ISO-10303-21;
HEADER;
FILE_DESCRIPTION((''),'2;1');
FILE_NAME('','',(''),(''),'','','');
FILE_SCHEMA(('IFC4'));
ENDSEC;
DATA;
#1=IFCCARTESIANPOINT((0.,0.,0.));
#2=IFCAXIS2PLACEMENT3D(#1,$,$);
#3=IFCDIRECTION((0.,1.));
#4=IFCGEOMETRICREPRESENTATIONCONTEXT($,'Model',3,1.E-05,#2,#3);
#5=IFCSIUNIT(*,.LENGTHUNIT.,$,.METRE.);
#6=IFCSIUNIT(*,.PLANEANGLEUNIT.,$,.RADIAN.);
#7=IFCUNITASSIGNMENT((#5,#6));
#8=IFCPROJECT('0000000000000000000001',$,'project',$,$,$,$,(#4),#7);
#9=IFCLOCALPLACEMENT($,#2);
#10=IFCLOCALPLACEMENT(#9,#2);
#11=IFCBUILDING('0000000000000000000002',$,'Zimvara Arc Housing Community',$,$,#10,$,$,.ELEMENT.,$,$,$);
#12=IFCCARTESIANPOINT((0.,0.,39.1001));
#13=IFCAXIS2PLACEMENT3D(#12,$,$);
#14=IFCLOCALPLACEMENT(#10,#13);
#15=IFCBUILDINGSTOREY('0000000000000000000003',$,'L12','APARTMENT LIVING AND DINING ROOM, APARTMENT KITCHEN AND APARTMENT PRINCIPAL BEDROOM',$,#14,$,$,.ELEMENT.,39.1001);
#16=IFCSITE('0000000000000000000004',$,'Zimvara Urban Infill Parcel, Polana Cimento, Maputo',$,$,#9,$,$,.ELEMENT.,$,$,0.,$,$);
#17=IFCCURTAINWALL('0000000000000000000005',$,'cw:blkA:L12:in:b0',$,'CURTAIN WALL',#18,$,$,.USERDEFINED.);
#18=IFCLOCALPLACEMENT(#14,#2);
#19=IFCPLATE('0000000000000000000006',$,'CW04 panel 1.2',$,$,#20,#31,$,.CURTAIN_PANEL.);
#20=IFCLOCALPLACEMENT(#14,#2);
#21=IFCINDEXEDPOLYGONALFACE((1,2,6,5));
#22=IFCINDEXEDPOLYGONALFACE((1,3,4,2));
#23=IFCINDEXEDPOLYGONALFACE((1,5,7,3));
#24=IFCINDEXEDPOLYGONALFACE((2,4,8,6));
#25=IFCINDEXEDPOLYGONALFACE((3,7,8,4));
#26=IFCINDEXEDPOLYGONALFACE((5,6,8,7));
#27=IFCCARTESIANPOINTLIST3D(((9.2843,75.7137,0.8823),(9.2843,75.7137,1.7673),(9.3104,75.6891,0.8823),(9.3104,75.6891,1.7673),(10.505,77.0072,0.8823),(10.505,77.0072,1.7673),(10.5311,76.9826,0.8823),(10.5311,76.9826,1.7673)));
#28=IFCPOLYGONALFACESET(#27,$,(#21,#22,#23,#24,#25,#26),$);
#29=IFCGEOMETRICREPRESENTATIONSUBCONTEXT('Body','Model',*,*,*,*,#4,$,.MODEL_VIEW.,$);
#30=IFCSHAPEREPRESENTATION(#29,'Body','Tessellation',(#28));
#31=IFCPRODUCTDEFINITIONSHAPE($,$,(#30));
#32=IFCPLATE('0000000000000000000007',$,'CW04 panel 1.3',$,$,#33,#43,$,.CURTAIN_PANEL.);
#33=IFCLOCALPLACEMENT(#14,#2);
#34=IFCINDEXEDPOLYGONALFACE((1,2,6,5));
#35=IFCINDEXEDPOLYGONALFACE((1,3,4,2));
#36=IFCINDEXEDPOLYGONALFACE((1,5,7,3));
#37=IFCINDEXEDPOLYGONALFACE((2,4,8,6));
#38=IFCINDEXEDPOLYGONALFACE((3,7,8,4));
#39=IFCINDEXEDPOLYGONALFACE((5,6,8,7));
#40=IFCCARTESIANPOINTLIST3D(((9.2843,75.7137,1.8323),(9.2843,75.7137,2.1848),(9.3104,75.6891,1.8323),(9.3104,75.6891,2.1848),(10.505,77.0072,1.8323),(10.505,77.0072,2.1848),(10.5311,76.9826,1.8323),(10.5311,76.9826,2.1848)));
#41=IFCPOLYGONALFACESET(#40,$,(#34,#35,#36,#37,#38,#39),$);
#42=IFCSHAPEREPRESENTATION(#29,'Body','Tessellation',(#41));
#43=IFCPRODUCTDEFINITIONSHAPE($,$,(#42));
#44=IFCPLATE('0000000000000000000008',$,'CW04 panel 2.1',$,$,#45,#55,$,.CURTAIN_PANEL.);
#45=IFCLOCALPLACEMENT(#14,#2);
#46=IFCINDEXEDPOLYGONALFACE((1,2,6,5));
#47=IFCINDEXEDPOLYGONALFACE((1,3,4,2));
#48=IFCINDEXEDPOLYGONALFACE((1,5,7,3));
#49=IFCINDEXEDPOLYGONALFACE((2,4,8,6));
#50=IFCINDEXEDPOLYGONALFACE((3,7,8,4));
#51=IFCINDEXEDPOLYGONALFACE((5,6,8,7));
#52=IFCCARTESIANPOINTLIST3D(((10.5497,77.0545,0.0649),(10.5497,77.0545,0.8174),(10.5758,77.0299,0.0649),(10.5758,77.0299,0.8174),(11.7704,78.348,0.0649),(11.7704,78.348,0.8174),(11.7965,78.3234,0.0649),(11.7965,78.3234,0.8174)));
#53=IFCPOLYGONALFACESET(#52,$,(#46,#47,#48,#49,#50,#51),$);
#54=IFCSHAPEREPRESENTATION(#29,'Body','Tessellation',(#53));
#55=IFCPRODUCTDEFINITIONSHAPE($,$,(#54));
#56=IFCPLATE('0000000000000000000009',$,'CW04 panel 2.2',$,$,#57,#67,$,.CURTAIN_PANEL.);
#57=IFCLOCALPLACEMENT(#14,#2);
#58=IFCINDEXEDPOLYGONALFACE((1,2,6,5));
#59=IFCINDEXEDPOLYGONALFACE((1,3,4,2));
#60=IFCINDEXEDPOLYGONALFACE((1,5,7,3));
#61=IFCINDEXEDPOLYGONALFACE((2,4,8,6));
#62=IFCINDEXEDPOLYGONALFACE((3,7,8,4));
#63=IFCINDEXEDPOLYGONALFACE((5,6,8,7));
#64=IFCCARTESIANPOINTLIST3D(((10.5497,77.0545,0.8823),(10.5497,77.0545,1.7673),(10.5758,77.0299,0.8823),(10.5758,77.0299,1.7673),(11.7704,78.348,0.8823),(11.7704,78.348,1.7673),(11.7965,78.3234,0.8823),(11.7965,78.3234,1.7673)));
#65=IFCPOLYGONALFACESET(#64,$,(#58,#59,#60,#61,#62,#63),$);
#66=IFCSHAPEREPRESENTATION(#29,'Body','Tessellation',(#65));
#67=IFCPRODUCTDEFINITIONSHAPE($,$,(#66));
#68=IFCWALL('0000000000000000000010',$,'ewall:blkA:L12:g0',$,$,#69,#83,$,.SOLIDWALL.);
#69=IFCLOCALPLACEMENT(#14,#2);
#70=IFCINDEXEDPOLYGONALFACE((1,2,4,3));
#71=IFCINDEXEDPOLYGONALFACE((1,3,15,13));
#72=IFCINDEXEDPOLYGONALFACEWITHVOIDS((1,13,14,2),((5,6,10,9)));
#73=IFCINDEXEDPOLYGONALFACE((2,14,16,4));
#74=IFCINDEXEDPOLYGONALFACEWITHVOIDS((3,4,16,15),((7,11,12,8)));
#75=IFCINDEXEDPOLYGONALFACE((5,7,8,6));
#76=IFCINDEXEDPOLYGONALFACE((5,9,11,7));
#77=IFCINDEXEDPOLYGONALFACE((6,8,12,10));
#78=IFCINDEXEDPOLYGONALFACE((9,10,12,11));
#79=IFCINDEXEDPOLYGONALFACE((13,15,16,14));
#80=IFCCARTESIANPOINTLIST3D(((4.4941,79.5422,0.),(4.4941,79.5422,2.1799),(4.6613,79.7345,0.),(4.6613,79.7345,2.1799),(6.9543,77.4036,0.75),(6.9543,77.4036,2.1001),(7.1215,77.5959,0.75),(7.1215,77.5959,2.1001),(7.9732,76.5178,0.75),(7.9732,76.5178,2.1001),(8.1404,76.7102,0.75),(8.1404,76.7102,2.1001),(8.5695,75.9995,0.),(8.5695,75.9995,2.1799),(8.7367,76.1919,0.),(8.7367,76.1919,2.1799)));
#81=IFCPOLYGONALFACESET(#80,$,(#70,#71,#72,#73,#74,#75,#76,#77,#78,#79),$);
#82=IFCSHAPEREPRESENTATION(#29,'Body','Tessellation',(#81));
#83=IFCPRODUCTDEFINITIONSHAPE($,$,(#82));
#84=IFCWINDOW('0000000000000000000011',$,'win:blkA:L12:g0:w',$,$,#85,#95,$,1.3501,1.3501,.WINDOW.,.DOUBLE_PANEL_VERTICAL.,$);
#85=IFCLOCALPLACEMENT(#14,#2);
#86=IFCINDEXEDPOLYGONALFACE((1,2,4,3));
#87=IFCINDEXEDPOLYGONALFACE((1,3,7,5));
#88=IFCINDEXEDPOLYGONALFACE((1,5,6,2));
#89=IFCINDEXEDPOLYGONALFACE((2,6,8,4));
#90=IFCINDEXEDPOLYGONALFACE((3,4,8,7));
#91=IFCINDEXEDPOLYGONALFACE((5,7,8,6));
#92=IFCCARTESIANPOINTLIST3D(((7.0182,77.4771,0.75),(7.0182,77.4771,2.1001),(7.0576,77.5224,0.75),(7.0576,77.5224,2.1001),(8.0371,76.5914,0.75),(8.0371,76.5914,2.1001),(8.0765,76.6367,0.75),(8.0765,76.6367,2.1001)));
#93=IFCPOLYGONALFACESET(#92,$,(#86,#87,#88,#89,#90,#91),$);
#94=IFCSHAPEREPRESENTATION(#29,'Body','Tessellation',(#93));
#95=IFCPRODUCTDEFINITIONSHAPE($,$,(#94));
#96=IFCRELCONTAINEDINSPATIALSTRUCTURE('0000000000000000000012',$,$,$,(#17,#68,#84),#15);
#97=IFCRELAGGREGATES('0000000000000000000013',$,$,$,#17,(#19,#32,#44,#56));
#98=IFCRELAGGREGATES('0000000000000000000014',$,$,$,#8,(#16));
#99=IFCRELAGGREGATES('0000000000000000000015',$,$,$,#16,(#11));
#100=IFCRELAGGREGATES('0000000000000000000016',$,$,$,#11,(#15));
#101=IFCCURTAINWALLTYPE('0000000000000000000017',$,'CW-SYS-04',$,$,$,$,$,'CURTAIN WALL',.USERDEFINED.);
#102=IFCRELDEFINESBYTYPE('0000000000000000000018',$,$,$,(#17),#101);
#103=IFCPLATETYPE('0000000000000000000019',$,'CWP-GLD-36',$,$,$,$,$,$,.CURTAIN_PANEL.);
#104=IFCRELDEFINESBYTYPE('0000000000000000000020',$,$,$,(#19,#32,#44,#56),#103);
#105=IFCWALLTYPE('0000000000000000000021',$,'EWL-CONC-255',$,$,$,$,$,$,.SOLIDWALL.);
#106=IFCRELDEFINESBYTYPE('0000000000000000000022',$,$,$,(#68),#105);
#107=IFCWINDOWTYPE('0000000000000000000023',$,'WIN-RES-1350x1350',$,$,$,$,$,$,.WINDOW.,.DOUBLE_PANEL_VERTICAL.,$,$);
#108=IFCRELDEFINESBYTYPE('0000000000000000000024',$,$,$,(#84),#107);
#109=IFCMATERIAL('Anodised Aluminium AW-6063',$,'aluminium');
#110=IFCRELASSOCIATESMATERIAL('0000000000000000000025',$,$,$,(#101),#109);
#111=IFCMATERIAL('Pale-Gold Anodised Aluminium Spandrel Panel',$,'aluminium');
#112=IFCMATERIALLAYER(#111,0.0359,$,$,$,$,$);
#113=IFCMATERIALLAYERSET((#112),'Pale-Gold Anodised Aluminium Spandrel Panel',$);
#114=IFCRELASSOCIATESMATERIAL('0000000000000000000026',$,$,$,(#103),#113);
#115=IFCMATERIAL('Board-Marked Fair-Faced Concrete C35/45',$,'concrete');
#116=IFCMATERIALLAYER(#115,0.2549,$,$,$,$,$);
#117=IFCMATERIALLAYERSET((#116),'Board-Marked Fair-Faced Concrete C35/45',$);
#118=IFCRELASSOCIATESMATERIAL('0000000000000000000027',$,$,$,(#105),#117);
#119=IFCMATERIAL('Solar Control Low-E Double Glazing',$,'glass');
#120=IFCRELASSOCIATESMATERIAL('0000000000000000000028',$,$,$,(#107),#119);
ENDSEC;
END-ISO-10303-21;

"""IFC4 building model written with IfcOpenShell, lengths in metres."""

from ifc_helpers import new_model, si_unit, direction, frame, frame_2d, origin, origin_2d, place, context, subcontext, project, spatial, rectangle, extrude, material, layer, layer_set, type_object, element, fill, aggregate, save


model = new_model("IFC4")

# Units and contexts
model_context = context("Model", 3, precision=1e-05, world=origin(), true_north=direction((0.0, 1.0)))
body_context = subcontext(model_context, "Body", "Model", "MODEL_VIEW")
ifc_project = project(units=[si_unit("LENGTHUNIT", "METRE"), si_unit("PLANEANGLEUNIT", "RADIAN")], contexts=[model_context])

# Site, building, storey
site_placement = place(None, origin())
site = spatial("IfcSite", under=ifc_project, at=site_placement, Name="Zimvara Urban Infill Parcel, Polana Cimento, Maputo", CompositionType="ELEMENT", RefElevation=0.0)
building_placement = place(site_placement, origin())
building = spatial("IfcBuilding", under=site, at=building_placement, Name="Zimvara Arc Housing Community", CompositionType="ELEMENT")
storey_placement = place(building_placement, frame((0.0, 0.0, 39.1001)))
storey = spatial("IfcBuildingStorey", under=building, at=storey_placement, Name="L12", Description="APARTMENT LIVING AND DINING ROOM, APARTMENT KITCHEN AND APARTMENT PRINCIPAL BEDROOM", CompositionType="ELEMENT", Elevation=39.1001)

# Curtain wall, plates
ifc_material_1 = material(Name="Anodised Aluminium AW-6063", Category="aluminium")
curtain_wall_type = type_object("IfcCurtainWallType", Name="CW-SYS-04", ElementType="CURTAIN WALL", PredefinedType="USERDEFINED", material=ifc_material_1)
curtain_wall_placement = place(storey_placement, origin())
curtain_wall = element("IfcCurtainWall", 1, at=curtain_wall_placement, inside=storey, type_object=curtain_wall_type, Name="cw:blkA:L12:in:b0", ObjectType="CURTAIN WALL", PredefinedType="USERDEFINED")
ifc_material_2 = material(Name="Pale-Gold Anodised Aluminium Spandrel Panel", Category="aluminium")
ifc_layer_1 = layer(ifc_material_2, 0.0359)
ifc_layer_set_1 = layer_set([ifc_layer_1], Name="Pale-Gold Anodised Aluminium Spandrel Panel")
plate_type = type_object("IfcPlateType", Name="CWP-GLD-36", PredefinedType="CURTAIN_PANEL", material=ifc_layer_set_1)
plate_1_placement = place(storey_placement, frame((9.9077, 76.3481, 0.8823), z_axis=(0.0, 0.0, 1.0), x_axis=(0.686326, 0.727294, 0.0)))
plate_1 = element("IfcPlate", 2, at=plate_1_placement, type_object=plate_type, Name="CW04 panel 1.2", PredefinedType="CURTAIN_PANEL", context=body_context, shape_type="SweptSolid", body=[
    extrude(rectangle(XDim=1.7786, YDim=0.0359, at=origin_2d()), origin(), (0.0, 0.0, 1.0), 0.885),
])
plate_2_placement = place(storey_placement, frame((9.9077, 76.3481, 1.8323), z_axis=(0.0, 0.0, 1.0), x_axis=(0.686326, 0.727294, 0.0)))
plate_2 = element("IfcPlate", 3, at=plate_2_placement, type_object=plate_type, Name="CW04 panel 1.3", PredefinedType="CURTAIN_PANEL", context=body_context, shape_type="SweptSolid", body=[
    extrude(rectangle(XDim=1.7786, YDim=0.0359, at=origin_2d()), origin(), (0.0, 0.0, 1.0), 0.3525),
])
plate_3_placement = place(storey_placement, frame((11.1731, 77.689, 0.0649), z_axis=(0.0, 0.0, 1.0), x_axis=(0.686326, 0.727294, 0.0)))
plate_3 = element("IfcPlate", 4, at=plate_3_placement, type_object=plate_type, Name="CW04 panel 2.1", PredefinedType="CURTAIN_PANEL", context=body_context, shape_type="SweptSolid", body=[
    extrude(rectangle(XDim=1.7786, YDim=0.0359, at=origin_2d()), origin(), (0.0, 0.0, 1.0), 0.7524),
])
plate_4_placement = place(storey_placement, frame((11.1731, 77.689, 0.8823), z_axis=(0.0, 0.0, 1.0), x_axis=(0.686326, 0.727294, 0.0)))
plate_4 = element("IfcPlate", 5, at=plate_4_placement, type_object=plate_type, Name="CW04 panel 2.2", PredefinedType="CURTAIN_PANEL", context=body_context, shape_type="SweptSolid", body=[
    extrude(rectangle(XDim=1.7786, YDim=0.0359, at=origin_2d()), origin(), (0.0, 0.0, 1.0), 0.885),
])
aggregate(curtain_wall, [plate_1, plate_2, plate_3, plate_4])

# Wall, opening, window
ifc_material_3 = material(Name="Board-Marked Fair-Faced Concrete C35/45", Category="concrete")
ifc_layer_2 = layer(ifc_material_3, 0.2549)
ifc_layer_set_2 = layer_set([ifc_layer_2], Name="Board-Marked Fair-Faced Concrete C35/45")
wall_type = type_object("IfcWallType", Name="EWL-CONC-255", PredefinedType="SOLIDWALL", material=ifc_layer_set_2)
wall_placement = place(storey_placement, frame((8.6531, 76.0957, 0.0), z_axis=(0.0, 0.0, 1.0), x_axis=(-0.75471, 0.656059, 0.0)))
wall = element("IfcWall", 6, at=wall_placement, inside=storey, type_object=wall_type, Name="ewall:blkA:L12:g0", PredefinedType="SOLIDWALL", context=body_context, shape_type="SweptSolid", body=[
    extrude(rectangle(XDim=5.3999, YDim=0.2549, at=frame_2d((2.7, 0.0))), origin(), (0.0, 0.0, 1.0), 2.1799),
])
opening_placement = place(wall_placement, frame((0.79, 0.0, 0.75)))
opening = element("IfcOpeningElement", 7, at=opening_placement, cuts=wall, PredefinedType="OPENING", context=body_context, shape_type="SweptSolid", body=[
    extrude(rectangle(XDim=1.3501, YDim=1.3501, at=frame_2d((0.675, 0.675))), frame((0.0, 0.1375, 0.0), z_axis=(0.0, -1.0, 0.0), x_axis=(1.0, 0.0, 0.0)), (0.0, 0.0, 1.0), 0.2749),
])
ifc_material_4 = material(Name="Solar Control Low-E Double Glazing", Category="glass")
window_type = type_object("IfcWindowType", Name="WIN-RES-1350x1350", PartitioningType="DOUBLE_PANEL_VERTICAL", PredefinedType="WINDOW", material=ifc_material_4)
window_placement = place(opening_placement, origin())
window = element("IfcWindow", 8, at=window_placement, inside=storey, type_object=window_type, Name="win:blkA:L12:g0:w", OverallHeight=1.3501, OverallWidth=1.3501, PartitioningType="DOUBLE_PANEL_VERTICAL", PredefinedType="WINDOW", context=body_context, shape_type="SweptSolid", body=[
    extrude(rectangle(XDim=1.3501, YDim=1.3501, at=frame_2d((0.675, 0.675))), frame((0.0, 0.03, 0.0), z_axis=(0.0, -1.0, 0.0), x_axis=(1.0, 0.0, 0.0)), (0.0, 0.0, 1.0), 0.0601),
])
fill(opening, window)

save(model, "model.ifc")
